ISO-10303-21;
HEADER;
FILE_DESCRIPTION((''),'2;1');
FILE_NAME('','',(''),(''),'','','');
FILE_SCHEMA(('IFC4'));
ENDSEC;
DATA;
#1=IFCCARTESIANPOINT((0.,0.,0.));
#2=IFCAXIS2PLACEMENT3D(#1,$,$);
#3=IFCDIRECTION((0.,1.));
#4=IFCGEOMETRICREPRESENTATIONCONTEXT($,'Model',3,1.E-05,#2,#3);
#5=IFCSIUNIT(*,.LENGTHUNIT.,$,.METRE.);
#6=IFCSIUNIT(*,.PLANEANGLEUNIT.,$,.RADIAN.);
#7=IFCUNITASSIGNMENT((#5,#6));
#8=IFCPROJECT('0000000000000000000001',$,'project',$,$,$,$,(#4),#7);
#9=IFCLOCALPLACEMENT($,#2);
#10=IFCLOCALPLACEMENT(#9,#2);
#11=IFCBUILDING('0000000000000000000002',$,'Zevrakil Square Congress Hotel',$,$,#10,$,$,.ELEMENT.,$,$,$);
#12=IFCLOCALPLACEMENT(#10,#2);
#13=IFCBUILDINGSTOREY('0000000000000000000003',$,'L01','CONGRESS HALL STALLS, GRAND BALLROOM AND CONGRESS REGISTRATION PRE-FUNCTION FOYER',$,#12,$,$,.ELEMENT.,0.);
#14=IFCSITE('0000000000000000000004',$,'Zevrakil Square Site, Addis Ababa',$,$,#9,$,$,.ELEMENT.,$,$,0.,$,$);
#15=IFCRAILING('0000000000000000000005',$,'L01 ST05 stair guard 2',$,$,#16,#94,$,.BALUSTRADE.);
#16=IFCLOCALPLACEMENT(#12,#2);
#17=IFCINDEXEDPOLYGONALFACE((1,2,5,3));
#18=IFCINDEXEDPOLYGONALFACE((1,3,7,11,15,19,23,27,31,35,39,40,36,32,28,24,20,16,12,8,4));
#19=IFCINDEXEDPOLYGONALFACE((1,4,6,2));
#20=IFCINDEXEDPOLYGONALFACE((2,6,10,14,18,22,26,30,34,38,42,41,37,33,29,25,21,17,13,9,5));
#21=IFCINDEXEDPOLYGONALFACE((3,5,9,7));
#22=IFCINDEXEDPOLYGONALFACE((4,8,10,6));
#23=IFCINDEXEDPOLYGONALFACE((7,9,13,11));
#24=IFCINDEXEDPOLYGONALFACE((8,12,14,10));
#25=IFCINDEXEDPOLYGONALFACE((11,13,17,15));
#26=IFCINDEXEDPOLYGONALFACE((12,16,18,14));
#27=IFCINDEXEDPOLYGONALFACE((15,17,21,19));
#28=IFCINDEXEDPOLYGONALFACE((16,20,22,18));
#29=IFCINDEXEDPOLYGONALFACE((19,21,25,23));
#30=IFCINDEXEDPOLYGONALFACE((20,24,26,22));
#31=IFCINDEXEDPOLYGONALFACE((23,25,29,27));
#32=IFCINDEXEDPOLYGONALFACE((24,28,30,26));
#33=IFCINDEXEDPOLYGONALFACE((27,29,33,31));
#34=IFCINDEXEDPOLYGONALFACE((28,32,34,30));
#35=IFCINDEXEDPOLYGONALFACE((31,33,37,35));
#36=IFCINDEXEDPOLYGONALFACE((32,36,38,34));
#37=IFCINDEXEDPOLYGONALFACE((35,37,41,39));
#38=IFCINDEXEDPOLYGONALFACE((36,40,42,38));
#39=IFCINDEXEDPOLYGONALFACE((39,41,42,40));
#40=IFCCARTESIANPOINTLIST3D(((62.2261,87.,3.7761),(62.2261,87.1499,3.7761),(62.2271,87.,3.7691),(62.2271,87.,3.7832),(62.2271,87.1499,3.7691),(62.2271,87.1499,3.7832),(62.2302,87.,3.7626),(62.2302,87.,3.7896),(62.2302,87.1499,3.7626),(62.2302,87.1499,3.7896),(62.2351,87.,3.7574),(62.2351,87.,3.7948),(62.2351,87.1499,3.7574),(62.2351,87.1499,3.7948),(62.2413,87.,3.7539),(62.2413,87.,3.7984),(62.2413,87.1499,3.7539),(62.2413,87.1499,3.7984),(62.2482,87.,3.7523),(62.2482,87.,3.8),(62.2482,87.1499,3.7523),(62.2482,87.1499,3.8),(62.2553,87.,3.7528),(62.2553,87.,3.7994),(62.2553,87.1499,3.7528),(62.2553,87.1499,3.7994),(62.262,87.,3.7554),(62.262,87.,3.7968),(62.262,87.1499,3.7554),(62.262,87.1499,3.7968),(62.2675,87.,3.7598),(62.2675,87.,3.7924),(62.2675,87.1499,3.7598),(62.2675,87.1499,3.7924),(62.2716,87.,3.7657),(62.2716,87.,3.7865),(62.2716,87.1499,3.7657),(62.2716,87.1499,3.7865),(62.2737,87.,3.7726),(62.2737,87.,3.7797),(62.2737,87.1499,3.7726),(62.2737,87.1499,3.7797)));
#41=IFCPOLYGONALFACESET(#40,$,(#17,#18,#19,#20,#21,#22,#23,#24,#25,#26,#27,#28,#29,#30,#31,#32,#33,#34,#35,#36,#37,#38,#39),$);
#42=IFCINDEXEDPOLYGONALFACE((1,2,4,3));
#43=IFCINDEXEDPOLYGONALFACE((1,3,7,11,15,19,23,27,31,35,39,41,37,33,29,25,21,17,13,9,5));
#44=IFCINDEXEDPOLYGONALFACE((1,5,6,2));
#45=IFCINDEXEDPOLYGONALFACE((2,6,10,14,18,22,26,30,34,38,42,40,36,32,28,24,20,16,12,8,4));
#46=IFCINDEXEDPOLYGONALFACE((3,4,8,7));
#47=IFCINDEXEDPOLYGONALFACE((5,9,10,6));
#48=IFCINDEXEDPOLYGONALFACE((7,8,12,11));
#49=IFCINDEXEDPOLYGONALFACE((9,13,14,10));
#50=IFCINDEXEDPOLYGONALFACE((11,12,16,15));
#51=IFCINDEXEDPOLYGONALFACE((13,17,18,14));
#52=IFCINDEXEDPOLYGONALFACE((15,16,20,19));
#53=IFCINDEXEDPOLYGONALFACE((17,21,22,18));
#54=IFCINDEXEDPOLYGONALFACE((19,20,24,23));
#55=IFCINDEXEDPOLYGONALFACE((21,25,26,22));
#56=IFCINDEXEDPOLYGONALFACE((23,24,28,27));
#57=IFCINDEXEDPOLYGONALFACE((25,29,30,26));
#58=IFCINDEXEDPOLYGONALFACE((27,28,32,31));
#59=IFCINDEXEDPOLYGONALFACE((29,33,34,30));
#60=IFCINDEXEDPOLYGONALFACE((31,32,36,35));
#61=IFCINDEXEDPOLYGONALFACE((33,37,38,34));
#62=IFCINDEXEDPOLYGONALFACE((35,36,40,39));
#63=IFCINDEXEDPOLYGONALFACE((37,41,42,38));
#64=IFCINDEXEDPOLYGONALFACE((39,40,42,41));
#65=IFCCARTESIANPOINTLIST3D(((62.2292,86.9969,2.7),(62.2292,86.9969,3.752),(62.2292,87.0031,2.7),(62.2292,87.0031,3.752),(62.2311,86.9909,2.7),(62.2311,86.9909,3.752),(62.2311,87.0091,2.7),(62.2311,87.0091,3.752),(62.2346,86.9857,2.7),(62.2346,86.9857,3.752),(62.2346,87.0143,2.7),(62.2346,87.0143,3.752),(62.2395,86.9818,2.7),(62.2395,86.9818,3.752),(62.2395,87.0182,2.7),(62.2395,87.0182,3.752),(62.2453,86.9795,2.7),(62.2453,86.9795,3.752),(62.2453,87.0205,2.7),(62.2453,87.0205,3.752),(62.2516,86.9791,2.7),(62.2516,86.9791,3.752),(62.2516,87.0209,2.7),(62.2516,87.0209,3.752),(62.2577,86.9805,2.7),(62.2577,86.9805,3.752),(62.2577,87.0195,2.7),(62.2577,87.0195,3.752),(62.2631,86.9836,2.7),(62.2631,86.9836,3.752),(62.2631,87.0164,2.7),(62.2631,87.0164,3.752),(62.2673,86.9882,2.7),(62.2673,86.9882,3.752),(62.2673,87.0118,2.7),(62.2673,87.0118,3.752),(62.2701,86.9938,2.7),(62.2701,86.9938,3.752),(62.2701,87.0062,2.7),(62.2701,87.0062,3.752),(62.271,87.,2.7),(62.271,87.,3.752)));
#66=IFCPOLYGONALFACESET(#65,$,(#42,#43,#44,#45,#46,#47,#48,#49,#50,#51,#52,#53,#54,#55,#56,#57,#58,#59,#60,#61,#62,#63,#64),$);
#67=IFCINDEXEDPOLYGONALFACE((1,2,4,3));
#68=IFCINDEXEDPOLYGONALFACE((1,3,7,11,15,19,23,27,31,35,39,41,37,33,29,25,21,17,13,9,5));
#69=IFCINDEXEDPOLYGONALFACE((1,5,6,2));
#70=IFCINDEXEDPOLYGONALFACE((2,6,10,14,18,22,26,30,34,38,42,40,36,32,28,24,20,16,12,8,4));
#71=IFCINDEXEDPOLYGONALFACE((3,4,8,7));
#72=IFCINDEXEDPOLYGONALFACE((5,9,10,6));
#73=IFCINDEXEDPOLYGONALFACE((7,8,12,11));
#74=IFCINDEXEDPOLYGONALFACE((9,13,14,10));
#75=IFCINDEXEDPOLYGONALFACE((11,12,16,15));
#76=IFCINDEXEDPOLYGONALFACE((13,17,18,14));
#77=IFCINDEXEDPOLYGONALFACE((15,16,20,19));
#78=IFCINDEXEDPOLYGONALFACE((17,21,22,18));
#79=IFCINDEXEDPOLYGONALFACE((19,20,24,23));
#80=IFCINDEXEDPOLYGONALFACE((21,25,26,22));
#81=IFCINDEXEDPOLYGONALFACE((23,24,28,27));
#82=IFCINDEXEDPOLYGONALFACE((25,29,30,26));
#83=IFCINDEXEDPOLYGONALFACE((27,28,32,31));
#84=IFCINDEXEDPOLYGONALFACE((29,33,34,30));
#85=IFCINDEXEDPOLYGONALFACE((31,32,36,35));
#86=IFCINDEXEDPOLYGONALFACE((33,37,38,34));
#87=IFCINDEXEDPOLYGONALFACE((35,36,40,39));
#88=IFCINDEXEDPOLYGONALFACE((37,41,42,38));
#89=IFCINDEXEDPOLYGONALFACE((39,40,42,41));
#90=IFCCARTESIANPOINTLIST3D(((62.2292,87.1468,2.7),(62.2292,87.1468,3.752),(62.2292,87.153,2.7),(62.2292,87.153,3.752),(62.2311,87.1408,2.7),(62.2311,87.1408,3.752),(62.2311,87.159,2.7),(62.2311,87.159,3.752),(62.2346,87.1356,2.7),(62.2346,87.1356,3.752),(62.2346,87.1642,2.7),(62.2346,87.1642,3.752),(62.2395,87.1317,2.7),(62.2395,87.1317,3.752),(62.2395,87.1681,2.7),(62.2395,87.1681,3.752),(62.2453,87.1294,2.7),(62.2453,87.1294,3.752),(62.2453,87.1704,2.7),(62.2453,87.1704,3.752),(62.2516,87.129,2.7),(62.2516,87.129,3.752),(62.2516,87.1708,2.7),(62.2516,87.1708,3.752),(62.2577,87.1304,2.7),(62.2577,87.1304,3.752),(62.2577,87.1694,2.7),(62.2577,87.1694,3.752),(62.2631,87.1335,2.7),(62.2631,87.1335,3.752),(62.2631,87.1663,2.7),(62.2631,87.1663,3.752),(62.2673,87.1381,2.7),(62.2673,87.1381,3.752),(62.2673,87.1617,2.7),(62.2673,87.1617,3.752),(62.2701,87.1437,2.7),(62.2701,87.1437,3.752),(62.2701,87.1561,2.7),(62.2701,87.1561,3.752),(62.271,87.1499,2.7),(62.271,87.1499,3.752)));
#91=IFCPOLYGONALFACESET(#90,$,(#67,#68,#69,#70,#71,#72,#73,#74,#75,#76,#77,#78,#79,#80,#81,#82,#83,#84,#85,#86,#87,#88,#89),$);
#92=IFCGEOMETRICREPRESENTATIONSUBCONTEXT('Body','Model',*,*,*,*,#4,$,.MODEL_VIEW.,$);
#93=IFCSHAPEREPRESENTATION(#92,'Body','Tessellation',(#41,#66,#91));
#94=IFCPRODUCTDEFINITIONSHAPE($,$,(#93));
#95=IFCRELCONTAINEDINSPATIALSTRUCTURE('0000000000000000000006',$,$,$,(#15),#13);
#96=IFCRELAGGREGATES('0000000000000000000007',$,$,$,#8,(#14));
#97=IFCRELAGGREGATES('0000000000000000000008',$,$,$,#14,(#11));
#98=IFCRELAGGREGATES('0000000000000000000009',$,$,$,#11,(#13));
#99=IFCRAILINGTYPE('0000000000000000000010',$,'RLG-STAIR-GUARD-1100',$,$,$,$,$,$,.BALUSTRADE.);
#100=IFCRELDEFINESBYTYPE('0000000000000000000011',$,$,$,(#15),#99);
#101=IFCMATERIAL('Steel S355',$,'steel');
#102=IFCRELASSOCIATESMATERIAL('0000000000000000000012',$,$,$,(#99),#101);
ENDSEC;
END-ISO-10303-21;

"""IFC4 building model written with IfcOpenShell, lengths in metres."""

from ifc_helpers import new_model, si_unit, direction, frame, origin, origin_2d, place, context, subcontext, project, spatial, circle, extrude, material, type_object, element, save


model = new_model("IFC4")

# Units and contexts
model_context = context("Model", 3, precision=1e-05, world=origin(), true_north=direction((0.0, 1.0)))
body_context = subcontext(model_context, "Body", "Model", "MODEL_VIEW")
ifc_project = project(units=[si_unit("LENGTHUNIT", "METRE"), si_unit("PLANEANGLEUNIT", "RADIAN")], contexts=[model_context])

# Site, building, storey
site_placement = place(None, origin())
site = spatial("IfcSite", under=ifc_project, at=site_placement, Name="Zevrakil Square Site, Addis Ababa", CompositionType="ELEMENT", RefElevation=0.0)
building_placement = place(site_placement, origin())
building = spatial("IfcBuilding", under=site, at=building_placement, Name="Zevrakil Square Congress Hotel", CompositionType="ELEMENT")
storey_placement = place(building_placement, origin())
storey = spatial("IfcBuildingStorey", under=building, at=storey_placement, Name="L01", Description="CONGRESS HALL STALLS, GRAND BALLROOM AND CONGRESS REGISTRATION PRE-FUNCTION FOYER", CompositionType="ELEMENT", Elevation=0.0)

# Railing
ifc_material_1 = material(Name="Steel S355", Category="steel")
railing_type_1 = type_object("IfcRailingType", Name="RLG-STAIR-GUARD-1100", PredefinedType="BALUSTRADE", material=ifc_material_1)
railing_1_placement = place(storey_placement, frame((62.25, 87.0, 2.7)))
element("IfcRailing", 1, at=railing_1_placement, inside=storey, type_object=railing_type_1, Name="L01 ST05 stair guard 2", PredefinedType="BALUSTRADE", context=body_context, shape_type="SweptSolid", body=[
    extrude(circle(Radius=0.0239, at=origin_2d()), frame((0.0, 0.0, 1.0762), z_axis=(0.0, 1.0, 0.0), x_axis=(-1.0, 0.0, 0.0)), (0.0, 0.0, 1.0), 0.1499),
    extrude(circle(Radius=0.021, at=origin_2d()), origin(), (0.0, 0.0, 1.0), 1.052),
    extrude(circle(Radius=0.021, at=origin_2d()), frame((0.0, 0.1499, 0.0)), (0.0, 0.0, 1.0), 1.052),
])

save(model, "model.ifc")
